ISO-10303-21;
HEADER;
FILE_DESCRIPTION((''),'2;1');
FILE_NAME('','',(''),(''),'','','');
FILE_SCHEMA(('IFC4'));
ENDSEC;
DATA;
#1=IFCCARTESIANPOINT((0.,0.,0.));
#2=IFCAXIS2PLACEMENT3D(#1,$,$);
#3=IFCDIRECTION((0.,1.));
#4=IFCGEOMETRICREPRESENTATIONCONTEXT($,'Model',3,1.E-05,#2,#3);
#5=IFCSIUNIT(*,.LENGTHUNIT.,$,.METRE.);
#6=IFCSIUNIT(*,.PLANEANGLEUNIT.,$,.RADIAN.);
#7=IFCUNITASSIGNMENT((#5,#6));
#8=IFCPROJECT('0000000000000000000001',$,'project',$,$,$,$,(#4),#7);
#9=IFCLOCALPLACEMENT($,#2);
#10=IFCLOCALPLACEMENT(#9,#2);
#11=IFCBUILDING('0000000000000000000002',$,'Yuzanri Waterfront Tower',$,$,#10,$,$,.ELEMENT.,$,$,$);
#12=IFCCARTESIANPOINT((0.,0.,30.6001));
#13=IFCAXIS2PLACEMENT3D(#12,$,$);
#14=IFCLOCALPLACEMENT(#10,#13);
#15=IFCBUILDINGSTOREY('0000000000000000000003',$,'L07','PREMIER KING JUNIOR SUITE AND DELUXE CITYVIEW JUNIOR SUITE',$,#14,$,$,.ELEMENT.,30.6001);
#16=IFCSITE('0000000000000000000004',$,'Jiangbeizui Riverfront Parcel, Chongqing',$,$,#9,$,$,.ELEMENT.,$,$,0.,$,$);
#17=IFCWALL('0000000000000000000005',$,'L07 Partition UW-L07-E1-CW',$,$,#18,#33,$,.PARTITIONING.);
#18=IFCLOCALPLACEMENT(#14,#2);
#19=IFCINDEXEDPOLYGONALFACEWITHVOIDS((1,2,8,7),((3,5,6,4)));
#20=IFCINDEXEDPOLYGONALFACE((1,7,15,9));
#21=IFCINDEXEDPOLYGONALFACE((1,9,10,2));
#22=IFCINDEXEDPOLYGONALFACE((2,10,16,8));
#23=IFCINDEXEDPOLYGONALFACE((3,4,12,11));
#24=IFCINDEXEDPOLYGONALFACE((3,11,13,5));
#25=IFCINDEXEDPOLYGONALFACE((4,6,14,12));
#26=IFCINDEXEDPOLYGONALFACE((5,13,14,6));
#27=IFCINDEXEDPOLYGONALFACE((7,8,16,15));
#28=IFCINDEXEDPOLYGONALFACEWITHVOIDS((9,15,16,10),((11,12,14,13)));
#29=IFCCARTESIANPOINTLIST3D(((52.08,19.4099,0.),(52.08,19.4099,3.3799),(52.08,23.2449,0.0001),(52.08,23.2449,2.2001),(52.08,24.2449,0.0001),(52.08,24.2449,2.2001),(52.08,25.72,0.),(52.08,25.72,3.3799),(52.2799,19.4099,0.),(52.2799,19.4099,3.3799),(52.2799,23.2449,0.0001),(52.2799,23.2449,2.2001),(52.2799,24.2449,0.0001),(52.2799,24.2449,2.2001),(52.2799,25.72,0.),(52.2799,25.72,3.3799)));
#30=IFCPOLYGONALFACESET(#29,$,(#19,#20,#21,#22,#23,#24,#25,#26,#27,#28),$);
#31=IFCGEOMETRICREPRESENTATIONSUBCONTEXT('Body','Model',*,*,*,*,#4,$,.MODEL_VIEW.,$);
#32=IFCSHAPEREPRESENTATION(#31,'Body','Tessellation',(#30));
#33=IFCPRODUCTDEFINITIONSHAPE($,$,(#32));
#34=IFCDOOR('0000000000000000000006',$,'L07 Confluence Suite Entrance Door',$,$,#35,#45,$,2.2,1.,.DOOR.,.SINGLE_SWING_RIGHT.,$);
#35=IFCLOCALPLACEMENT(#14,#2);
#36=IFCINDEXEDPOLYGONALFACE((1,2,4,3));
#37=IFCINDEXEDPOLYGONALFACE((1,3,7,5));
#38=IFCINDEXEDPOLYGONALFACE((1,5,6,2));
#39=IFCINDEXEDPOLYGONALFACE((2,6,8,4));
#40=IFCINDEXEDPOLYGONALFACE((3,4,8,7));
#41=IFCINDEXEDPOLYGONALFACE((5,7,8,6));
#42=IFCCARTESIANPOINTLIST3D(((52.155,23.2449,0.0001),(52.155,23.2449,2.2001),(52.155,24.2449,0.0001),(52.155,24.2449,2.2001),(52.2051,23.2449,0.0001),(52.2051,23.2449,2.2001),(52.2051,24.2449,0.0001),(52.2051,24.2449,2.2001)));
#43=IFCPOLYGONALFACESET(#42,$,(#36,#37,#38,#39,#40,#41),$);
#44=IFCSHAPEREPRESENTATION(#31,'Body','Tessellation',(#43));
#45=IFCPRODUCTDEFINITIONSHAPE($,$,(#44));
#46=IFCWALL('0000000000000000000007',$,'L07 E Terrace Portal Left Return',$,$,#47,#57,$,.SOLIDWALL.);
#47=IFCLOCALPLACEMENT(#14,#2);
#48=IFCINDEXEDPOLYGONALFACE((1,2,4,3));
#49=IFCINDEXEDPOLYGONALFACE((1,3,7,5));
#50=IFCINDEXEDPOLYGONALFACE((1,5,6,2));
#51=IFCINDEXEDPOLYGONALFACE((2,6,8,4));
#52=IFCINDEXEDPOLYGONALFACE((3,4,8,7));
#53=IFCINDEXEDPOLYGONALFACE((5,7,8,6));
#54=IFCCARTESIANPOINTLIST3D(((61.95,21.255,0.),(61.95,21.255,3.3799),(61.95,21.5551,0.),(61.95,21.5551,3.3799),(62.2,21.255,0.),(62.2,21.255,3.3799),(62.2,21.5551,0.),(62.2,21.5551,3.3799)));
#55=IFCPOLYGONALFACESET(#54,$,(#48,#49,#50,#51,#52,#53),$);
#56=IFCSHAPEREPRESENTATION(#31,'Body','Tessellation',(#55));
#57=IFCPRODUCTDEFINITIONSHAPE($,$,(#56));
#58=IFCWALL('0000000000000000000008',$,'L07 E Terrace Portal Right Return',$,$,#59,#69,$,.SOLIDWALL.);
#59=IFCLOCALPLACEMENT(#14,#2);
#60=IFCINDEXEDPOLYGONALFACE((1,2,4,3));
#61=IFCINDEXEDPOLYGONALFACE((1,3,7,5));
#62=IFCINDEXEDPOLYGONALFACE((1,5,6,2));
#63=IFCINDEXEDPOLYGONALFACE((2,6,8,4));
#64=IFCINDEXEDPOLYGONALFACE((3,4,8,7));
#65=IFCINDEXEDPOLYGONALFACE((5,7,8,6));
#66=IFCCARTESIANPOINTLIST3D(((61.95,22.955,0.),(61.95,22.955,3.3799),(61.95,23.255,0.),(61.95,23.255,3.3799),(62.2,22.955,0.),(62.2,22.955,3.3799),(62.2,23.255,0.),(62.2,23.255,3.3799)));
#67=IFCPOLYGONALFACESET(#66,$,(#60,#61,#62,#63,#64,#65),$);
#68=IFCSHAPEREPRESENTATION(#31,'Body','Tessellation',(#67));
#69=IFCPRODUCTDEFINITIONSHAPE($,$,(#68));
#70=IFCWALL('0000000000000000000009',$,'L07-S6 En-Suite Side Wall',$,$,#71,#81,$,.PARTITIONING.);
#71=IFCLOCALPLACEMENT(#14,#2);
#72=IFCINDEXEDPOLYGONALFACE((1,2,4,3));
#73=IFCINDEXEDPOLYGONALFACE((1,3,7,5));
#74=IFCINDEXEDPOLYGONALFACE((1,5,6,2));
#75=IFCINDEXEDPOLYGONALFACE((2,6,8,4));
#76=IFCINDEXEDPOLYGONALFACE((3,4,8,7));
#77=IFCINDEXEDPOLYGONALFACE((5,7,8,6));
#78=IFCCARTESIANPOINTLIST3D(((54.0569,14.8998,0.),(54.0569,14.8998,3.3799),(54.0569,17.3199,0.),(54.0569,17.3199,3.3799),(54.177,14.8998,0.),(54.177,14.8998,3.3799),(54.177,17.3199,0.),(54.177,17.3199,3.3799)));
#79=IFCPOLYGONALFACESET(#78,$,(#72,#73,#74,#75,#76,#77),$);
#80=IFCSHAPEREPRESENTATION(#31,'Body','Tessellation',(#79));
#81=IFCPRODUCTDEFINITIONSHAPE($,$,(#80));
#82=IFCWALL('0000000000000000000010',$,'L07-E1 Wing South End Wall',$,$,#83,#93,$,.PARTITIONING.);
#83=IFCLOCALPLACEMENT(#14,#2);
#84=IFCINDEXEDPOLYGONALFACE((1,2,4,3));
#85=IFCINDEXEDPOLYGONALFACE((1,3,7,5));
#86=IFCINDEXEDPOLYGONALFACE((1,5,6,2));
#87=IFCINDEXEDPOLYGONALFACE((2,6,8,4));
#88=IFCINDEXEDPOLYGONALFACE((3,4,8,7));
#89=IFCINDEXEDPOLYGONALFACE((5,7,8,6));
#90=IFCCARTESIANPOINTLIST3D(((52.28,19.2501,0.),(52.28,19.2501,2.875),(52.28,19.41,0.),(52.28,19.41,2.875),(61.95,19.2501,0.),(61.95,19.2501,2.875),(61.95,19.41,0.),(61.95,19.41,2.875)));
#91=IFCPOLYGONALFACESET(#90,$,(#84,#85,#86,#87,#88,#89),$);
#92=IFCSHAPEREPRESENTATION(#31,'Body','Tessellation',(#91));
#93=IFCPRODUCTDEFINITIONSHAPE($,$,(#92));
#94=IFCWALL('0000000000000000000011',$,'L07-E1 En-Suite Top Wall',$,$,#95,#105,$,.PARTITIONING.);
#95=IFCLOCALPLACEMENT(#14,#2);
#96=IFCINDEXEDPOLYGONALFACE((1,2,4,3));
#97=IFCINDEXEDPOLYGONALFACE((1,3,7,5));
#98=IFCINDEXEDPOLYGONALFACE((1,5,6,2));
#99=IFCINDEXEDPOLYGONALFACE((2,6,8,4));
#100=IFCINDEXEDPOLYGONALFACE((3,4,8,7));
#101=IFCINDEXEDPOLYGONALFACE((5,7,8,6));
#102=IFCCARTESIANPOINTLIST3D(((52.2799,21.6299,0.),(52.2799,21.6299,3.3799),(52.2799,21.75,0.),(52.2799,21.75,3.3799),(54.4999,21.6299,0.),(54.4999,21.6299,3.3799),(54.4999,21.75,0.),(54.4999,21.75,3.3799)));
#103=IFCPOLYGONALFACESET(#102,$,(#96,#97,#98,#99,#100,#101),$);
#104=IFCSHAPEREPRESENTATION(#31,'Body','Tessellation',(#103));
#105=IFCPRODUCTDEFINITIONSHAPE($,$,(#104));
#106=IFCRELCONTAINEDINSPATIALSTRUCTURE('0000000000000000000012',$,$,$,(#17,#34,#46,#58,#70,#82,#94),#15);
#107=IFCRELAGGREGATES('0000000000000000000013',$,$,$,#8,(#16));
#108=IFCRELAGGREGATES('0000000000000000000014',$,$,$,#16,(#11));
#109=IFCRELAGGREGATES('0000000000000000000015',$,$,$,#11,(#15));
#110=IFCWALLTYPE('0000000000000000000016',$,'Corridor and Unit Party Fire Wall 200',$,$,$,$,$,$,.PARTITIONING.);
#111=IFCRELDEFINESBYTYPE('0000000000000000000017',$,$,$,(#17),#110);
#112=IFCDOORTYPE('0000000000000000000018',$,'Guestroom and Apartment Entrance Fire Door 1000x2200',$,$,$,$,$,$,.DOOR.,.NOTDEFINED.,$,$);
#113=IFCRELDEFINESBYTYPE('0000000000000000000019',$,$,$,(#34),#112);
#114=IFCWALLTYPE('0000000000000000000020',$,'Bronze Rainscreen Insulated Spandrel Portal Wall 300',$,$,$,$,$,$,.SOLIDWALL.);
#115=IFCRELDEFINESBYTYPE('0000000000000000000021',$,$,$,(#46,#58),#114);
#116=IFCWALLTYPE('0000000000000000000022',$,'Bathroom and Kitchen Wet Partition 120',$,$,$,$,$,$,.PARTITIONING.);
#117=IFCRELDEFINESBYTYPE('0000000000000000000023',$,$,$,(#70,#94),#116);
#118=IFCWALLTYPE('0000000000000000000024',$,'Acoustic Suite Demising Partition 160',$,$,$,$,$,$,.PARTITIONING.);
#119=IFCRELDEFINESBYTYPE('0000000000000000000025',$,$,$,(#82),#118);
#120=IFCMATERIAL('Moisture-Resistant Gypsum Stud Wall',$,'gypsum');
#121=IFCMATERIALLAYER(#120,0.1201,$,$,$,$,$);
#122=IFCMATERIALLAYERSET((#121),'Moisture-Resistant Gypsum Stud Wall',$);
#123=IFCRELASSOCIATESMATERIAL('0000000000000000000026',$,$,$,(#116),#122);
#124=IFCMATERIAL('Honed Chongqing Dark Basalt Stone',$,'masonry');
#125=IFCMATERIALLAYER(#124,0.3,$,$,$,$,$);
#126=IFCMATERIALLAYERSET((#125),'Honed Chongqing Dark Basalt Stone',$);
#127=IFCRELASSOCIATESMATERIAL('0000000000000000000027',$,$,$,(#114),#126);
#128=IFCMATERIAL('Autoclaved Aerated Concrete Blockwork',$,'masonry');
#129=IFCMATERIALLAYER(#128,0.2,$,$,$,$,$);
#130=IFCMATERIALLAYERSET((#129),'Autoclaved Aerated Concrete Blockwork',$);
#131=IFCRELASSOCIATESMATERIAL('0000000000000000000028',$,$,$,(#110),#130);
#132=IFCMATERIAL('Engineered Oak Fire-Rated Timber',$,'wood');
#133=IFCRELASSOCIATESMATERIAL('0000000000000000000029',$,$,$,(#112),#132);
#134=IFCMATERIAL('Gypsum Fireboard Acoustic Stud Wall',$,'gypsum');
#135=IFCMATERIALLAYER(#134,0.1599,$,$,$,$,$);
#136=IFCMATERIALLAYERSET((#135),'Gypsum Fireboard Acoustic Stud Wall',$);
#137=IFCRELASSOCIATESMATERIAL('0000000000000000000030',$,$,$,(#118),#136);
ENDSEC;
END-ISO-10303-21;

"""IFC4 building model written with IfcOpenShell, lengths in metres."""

from ifc_helpers import new_model, si_unit, direction, frame, frame_2d, origin, place, context, subcontext, project, spatial, rectangle, extrude, source, transform, mapped, material, layer, layer_set, type_object, element, fill, save


model = new_model("IFC4")

# Units and contexts
model_context = context("Model", 3, precision=1e-05, world=origin(), true_north=direction((0.0, 1.0)))
body_context = subcontext(model_context, "Body", "Model", "MODEL_VIEW")
ifc_project = project(units=[si_unit("LENGTHUNIT", "METRE"), si_unit("PLANEANGLEUNIT", "RADIAN")], contexts=[model_context])

# Site, building, storey
site_placement = place(None, origin())
site = spatial("IfcSite", under=ifc_project, at=site_placement, Name="Jiangbeizui Riverfront Parcel, Chongqing", CompositionType="ELEMENT", RefElevation=0.0)
building_placement = place(site_placement, origin())
building = spatial("IfcBuilding", under=site, at=building_placement, Name="Yuzanri Waterfront Tower", CompositionType="ELEMENT")
storey_placement = place(building_placement, frame((0.0, 0.0, 30.6001)))
storey = spatial("IfcBuildingStorey", under=building, at=storey_placement, Name="L07", Description="PREMIER KING JUNIOR SUITE AND DELUXE CITYVIEW JUNIOR SUITE", CompositionType="ELEMENT", Elevation=30.6001)

# Wall, opening, door
ifc_material_1 = material(Name="Moisture-Resistant Gypsum Stud Wall", Category="gypsum")
ifc_layer_1 = layer(ifc_material_1, 0.1201)
ifc_layer_set_1 = layer_set([ifc_layer_1], Name="Moisture-Resistant Gypsum Stud Wall")
wall_type_1 = type_object("IfcWallType", Name="Bathroom and Kitchen Wet Partition 120", PredefinedType="PARTITIONING", material=ifc_layer_set_1)
ifc_material_2 = material(Name="Honed Chongqing Dark Basalt Stone", Category="masonry")
ifc_layer_2 = layer(ifc_material_2, 0.3)
ifc_layer_set_2 = layer_set([ifc_layer_2], Name="Honed Chongqing Dark Basalt Stone")
wall_type_2 = type_object("IfcWallType", Name="Bronze Rainscreen Insulated Spandrel Portal Wall 300", PredefinedType="SOLIDWALL", material=ifc_layer_set_2)
ifc_material_3 = material(Name="Autoclaved Aerated Concrete Blockwork", Category="masonry")
ifc_layer_3 = layer(ifc_material_3, 0.2)
ifc_layer_set_3 = layer_set([ifc_layer_3], Name="Autoclaved Aerated Concrete Blockwork")
wall_type_3 = type_object("IfcWallType", Name="Corridor and Unit Party Fire Wall 200", PredefinedType="PARTITIONING", material=ifc_layer_set_3)
ifc_material_4 = material(Name="Engineered Oak Fire-Rated Timber", Category="wood")
door_type_1 = type_object("IfcDoorType", Name="Guestroom and Apartment Entrance Fire Door 1000x2200", OperationType="NOTDEFINED", PredefinedType="DOOR", material=ifc_material_4)
shared_shape_1 = source(origin(), body_context, "Body", "SweptSolid", [
    extrude(rectangle(XDim=1.0, YDim=2.2, at=frame_2d((0.5, 1.1001))), frame((0.0, 0.0249, 0.0), z_axis=(0.0, -1.0, 0.0), x_axis=(1.0, 0.0, 0.0)), (0.0, 0.0, 1.0), 0.05),
])
wall_1_placement = place(storey_placement, frame((52.1799, 19.4099, 0.0), z_axis=(0.0, 0.0, 1.0), x_axis=(0.0, 1.0, 0.0)))
wall_1 = element("IfcWall", 1, at=wall_1_placement, inside=storey, type_object=wall_type_3, Name="L07 Partition UW-L07-E1-CW", PredefinedType="PARTITIONING", context=body_context, shape_type="SweptSolid", body=[
    extrude(rectangle(XDim=6.3101, YDim=0.2, at=frame_2d((3.155, 0.0))), origin(), (0.0, 0.0, 1.0), 3.3799),
])
opening_1_placement = place(wall_1_placement, frame((3.835, 0.0, 0.0)))
opening_1 = element("IfcOpeningElement", 2, at=opening_1_placement, cuts=wall_1, PredefinedType="OPENING", context=body_context, shape_type="SweptSolid", body=[
    extrude(rectangle(XDim=1.0, YDim=2.2, at=frame_2d((0.5, 1.1001))), frame((0.0, 0.1147, 0.0), z_axis=(0.0, -1.0, 0.0), x_axis=(1.0, 0.0, 0.0)), (0.0, 0.0, 1.0), 0.2297),
])
door_1_placement = place(opening_1_placement, origin())
door_1 = element("IfcDoor", 3, at=door_1_placement, inside=storey, type_object=door_type_1, Name="L07 Confluence Suite Entrance Door", OperationType="SINGLE_SWING_RIGHT", OverallHeight=2.2, OverallWidth=1.0, PredefinedType="DOOR", context=body_context, shape_type="MappedRepresentation", body=[
    mapped(shared_shape_1, transform((0.0, 0.0, 0.0), scale=1.0)),
])
fill(opening_1, door_1)

# Walls
shared_shape_2 = source(origin(), body_context, "Body", "SweptSolid", [
    extrude(rectangle(XDim=0.25, YDim=0.3, at=frame_2d((0.125, 0.0))), origin(), (0.0, 0.0, 1.0), 3.3799),
])
for number, where, z_axis, x_axis, name in (
    (4, (61.95, 21.405, 0.0), (0.0, 0.0, 1.0), (1.0, 0.0, 0.0), "L07 E Terrace Portal Left Return"),
    (5, (62.2, 23.105, 0.0), (0.0, 0.0, 1.0), (-1.0, 0.0, 0.0), "L07 E Terrace Portal Right Return"),
):
    element("IfcWall", number, at=place(storey_placement, frame(where, z_axis=z_axis, x_axis=x_axis)), inside=storey, type_object=wall_type_2, Name=name, PredefinedType="SOLIDWALL", context=body_context, shape_type="MappedRepresentation", body=[
        mapped(shared_shape_2, transform((0.0, 0.0, 0.0), scale=1.0)),
    ])
shared_shape_3 = source(origin(), body_context, "Body", "SweptSolid", [
    extrude(rectangle(XDim=2.4202, YDim=0.1201, at=frame_2d((1.21, 0.0))), origin(), (0.0, 0.0, 1.0), 3.3799),
])
wall_2_placement = place(storey_placement, frame((54.1169, 14.8999, 0.0), z_axis=(0.0, 0.0, 1.0), x_axis=(0.0, 1.0, 0.0)))
element("IfcWall", 6, at=wall_2_placement, inside=storey, type_object=wall_type_1, Name="L07-S6 En-Suite Side Wall", PredefinedType="PARTITIONING", context=body_context, shape_type="MappedRepresentation", body=[
    mapped(shared_shape_3, transform((0.0, 0.0, 0.0), scale=1.0)),
])
ifc_material_5 = material(Name="Gypsum Fireboard Acoustic Stud Wall", Category="gypsum")
ifc_layer_4 = layer(ifc_material_5, 0.1599)
ifc_layer_set_4 = layer_set([ifc_layer_4], Name="Gypsum Fireboard Acoustic Stud Wall")
wall_type_4 = type_object("IfcWallType", Name="Acoustic Suite Demising Partition 160", PredefinedType="PARTITIONING", material=ifc_layer_set_4)
shared_shape_4 = source(origin(), body_context, "Body", "SweptSolid", [
    extrude(rectangle(XDim=9.6699, YDim=0.1599, at=frame_2d((4.835, 0.0))), origin(), (0.0, 0.0, 1.0), 2.875),
])
wall_3_placement = place(storey_placement, frame((52.28, 19.3301, 0.0), z_axis=(0.0, 0.0, 1.0), x_axis=(1.0, 0.0, 0.0)))
element("IfcWall", 7, at=wall_3_placement, inside=storey, type_object=wall_type_4, Name="L07-E1 Wing South End Wall", PredefinedType="PARTITIONING", context=body_context, shape_type="MappedRepresentation", body=[
    mapped(shared_shape_4, transform((0.0, 0.0, 0.0), scale=1.0)),
])
shared_shape_5 = source(origin(), body_context, "Body", "SweptSolid", [
    extrude(rectangle(XDim=2.22, YDim=0.1201, at=frame_2d((1.1099, 0.0))), origin(), (0.0, 0.0, 1.0), 3.3799),
])
wall_4_placement = place(storey_placement, frame((52.28, 21.6899, 0.0), z_axis=(0.0, 0.0, 1.0), x_axis=(1.0, 0.0, 0.0)))
element("IfcWall", 8, at=wall_4_placement, inside=storey, type_object=wall_type_1, Name="L07-E1 En-Suite Top Wall", PredefinedType="PARTITIONING", context=body_context, shape_type="MappedRepresentation", body=[
    mapped(shared_shape_5, transform((0.0, 0.0, 0.0), scale=1.0)),
])

save(model, "model.ifc")
